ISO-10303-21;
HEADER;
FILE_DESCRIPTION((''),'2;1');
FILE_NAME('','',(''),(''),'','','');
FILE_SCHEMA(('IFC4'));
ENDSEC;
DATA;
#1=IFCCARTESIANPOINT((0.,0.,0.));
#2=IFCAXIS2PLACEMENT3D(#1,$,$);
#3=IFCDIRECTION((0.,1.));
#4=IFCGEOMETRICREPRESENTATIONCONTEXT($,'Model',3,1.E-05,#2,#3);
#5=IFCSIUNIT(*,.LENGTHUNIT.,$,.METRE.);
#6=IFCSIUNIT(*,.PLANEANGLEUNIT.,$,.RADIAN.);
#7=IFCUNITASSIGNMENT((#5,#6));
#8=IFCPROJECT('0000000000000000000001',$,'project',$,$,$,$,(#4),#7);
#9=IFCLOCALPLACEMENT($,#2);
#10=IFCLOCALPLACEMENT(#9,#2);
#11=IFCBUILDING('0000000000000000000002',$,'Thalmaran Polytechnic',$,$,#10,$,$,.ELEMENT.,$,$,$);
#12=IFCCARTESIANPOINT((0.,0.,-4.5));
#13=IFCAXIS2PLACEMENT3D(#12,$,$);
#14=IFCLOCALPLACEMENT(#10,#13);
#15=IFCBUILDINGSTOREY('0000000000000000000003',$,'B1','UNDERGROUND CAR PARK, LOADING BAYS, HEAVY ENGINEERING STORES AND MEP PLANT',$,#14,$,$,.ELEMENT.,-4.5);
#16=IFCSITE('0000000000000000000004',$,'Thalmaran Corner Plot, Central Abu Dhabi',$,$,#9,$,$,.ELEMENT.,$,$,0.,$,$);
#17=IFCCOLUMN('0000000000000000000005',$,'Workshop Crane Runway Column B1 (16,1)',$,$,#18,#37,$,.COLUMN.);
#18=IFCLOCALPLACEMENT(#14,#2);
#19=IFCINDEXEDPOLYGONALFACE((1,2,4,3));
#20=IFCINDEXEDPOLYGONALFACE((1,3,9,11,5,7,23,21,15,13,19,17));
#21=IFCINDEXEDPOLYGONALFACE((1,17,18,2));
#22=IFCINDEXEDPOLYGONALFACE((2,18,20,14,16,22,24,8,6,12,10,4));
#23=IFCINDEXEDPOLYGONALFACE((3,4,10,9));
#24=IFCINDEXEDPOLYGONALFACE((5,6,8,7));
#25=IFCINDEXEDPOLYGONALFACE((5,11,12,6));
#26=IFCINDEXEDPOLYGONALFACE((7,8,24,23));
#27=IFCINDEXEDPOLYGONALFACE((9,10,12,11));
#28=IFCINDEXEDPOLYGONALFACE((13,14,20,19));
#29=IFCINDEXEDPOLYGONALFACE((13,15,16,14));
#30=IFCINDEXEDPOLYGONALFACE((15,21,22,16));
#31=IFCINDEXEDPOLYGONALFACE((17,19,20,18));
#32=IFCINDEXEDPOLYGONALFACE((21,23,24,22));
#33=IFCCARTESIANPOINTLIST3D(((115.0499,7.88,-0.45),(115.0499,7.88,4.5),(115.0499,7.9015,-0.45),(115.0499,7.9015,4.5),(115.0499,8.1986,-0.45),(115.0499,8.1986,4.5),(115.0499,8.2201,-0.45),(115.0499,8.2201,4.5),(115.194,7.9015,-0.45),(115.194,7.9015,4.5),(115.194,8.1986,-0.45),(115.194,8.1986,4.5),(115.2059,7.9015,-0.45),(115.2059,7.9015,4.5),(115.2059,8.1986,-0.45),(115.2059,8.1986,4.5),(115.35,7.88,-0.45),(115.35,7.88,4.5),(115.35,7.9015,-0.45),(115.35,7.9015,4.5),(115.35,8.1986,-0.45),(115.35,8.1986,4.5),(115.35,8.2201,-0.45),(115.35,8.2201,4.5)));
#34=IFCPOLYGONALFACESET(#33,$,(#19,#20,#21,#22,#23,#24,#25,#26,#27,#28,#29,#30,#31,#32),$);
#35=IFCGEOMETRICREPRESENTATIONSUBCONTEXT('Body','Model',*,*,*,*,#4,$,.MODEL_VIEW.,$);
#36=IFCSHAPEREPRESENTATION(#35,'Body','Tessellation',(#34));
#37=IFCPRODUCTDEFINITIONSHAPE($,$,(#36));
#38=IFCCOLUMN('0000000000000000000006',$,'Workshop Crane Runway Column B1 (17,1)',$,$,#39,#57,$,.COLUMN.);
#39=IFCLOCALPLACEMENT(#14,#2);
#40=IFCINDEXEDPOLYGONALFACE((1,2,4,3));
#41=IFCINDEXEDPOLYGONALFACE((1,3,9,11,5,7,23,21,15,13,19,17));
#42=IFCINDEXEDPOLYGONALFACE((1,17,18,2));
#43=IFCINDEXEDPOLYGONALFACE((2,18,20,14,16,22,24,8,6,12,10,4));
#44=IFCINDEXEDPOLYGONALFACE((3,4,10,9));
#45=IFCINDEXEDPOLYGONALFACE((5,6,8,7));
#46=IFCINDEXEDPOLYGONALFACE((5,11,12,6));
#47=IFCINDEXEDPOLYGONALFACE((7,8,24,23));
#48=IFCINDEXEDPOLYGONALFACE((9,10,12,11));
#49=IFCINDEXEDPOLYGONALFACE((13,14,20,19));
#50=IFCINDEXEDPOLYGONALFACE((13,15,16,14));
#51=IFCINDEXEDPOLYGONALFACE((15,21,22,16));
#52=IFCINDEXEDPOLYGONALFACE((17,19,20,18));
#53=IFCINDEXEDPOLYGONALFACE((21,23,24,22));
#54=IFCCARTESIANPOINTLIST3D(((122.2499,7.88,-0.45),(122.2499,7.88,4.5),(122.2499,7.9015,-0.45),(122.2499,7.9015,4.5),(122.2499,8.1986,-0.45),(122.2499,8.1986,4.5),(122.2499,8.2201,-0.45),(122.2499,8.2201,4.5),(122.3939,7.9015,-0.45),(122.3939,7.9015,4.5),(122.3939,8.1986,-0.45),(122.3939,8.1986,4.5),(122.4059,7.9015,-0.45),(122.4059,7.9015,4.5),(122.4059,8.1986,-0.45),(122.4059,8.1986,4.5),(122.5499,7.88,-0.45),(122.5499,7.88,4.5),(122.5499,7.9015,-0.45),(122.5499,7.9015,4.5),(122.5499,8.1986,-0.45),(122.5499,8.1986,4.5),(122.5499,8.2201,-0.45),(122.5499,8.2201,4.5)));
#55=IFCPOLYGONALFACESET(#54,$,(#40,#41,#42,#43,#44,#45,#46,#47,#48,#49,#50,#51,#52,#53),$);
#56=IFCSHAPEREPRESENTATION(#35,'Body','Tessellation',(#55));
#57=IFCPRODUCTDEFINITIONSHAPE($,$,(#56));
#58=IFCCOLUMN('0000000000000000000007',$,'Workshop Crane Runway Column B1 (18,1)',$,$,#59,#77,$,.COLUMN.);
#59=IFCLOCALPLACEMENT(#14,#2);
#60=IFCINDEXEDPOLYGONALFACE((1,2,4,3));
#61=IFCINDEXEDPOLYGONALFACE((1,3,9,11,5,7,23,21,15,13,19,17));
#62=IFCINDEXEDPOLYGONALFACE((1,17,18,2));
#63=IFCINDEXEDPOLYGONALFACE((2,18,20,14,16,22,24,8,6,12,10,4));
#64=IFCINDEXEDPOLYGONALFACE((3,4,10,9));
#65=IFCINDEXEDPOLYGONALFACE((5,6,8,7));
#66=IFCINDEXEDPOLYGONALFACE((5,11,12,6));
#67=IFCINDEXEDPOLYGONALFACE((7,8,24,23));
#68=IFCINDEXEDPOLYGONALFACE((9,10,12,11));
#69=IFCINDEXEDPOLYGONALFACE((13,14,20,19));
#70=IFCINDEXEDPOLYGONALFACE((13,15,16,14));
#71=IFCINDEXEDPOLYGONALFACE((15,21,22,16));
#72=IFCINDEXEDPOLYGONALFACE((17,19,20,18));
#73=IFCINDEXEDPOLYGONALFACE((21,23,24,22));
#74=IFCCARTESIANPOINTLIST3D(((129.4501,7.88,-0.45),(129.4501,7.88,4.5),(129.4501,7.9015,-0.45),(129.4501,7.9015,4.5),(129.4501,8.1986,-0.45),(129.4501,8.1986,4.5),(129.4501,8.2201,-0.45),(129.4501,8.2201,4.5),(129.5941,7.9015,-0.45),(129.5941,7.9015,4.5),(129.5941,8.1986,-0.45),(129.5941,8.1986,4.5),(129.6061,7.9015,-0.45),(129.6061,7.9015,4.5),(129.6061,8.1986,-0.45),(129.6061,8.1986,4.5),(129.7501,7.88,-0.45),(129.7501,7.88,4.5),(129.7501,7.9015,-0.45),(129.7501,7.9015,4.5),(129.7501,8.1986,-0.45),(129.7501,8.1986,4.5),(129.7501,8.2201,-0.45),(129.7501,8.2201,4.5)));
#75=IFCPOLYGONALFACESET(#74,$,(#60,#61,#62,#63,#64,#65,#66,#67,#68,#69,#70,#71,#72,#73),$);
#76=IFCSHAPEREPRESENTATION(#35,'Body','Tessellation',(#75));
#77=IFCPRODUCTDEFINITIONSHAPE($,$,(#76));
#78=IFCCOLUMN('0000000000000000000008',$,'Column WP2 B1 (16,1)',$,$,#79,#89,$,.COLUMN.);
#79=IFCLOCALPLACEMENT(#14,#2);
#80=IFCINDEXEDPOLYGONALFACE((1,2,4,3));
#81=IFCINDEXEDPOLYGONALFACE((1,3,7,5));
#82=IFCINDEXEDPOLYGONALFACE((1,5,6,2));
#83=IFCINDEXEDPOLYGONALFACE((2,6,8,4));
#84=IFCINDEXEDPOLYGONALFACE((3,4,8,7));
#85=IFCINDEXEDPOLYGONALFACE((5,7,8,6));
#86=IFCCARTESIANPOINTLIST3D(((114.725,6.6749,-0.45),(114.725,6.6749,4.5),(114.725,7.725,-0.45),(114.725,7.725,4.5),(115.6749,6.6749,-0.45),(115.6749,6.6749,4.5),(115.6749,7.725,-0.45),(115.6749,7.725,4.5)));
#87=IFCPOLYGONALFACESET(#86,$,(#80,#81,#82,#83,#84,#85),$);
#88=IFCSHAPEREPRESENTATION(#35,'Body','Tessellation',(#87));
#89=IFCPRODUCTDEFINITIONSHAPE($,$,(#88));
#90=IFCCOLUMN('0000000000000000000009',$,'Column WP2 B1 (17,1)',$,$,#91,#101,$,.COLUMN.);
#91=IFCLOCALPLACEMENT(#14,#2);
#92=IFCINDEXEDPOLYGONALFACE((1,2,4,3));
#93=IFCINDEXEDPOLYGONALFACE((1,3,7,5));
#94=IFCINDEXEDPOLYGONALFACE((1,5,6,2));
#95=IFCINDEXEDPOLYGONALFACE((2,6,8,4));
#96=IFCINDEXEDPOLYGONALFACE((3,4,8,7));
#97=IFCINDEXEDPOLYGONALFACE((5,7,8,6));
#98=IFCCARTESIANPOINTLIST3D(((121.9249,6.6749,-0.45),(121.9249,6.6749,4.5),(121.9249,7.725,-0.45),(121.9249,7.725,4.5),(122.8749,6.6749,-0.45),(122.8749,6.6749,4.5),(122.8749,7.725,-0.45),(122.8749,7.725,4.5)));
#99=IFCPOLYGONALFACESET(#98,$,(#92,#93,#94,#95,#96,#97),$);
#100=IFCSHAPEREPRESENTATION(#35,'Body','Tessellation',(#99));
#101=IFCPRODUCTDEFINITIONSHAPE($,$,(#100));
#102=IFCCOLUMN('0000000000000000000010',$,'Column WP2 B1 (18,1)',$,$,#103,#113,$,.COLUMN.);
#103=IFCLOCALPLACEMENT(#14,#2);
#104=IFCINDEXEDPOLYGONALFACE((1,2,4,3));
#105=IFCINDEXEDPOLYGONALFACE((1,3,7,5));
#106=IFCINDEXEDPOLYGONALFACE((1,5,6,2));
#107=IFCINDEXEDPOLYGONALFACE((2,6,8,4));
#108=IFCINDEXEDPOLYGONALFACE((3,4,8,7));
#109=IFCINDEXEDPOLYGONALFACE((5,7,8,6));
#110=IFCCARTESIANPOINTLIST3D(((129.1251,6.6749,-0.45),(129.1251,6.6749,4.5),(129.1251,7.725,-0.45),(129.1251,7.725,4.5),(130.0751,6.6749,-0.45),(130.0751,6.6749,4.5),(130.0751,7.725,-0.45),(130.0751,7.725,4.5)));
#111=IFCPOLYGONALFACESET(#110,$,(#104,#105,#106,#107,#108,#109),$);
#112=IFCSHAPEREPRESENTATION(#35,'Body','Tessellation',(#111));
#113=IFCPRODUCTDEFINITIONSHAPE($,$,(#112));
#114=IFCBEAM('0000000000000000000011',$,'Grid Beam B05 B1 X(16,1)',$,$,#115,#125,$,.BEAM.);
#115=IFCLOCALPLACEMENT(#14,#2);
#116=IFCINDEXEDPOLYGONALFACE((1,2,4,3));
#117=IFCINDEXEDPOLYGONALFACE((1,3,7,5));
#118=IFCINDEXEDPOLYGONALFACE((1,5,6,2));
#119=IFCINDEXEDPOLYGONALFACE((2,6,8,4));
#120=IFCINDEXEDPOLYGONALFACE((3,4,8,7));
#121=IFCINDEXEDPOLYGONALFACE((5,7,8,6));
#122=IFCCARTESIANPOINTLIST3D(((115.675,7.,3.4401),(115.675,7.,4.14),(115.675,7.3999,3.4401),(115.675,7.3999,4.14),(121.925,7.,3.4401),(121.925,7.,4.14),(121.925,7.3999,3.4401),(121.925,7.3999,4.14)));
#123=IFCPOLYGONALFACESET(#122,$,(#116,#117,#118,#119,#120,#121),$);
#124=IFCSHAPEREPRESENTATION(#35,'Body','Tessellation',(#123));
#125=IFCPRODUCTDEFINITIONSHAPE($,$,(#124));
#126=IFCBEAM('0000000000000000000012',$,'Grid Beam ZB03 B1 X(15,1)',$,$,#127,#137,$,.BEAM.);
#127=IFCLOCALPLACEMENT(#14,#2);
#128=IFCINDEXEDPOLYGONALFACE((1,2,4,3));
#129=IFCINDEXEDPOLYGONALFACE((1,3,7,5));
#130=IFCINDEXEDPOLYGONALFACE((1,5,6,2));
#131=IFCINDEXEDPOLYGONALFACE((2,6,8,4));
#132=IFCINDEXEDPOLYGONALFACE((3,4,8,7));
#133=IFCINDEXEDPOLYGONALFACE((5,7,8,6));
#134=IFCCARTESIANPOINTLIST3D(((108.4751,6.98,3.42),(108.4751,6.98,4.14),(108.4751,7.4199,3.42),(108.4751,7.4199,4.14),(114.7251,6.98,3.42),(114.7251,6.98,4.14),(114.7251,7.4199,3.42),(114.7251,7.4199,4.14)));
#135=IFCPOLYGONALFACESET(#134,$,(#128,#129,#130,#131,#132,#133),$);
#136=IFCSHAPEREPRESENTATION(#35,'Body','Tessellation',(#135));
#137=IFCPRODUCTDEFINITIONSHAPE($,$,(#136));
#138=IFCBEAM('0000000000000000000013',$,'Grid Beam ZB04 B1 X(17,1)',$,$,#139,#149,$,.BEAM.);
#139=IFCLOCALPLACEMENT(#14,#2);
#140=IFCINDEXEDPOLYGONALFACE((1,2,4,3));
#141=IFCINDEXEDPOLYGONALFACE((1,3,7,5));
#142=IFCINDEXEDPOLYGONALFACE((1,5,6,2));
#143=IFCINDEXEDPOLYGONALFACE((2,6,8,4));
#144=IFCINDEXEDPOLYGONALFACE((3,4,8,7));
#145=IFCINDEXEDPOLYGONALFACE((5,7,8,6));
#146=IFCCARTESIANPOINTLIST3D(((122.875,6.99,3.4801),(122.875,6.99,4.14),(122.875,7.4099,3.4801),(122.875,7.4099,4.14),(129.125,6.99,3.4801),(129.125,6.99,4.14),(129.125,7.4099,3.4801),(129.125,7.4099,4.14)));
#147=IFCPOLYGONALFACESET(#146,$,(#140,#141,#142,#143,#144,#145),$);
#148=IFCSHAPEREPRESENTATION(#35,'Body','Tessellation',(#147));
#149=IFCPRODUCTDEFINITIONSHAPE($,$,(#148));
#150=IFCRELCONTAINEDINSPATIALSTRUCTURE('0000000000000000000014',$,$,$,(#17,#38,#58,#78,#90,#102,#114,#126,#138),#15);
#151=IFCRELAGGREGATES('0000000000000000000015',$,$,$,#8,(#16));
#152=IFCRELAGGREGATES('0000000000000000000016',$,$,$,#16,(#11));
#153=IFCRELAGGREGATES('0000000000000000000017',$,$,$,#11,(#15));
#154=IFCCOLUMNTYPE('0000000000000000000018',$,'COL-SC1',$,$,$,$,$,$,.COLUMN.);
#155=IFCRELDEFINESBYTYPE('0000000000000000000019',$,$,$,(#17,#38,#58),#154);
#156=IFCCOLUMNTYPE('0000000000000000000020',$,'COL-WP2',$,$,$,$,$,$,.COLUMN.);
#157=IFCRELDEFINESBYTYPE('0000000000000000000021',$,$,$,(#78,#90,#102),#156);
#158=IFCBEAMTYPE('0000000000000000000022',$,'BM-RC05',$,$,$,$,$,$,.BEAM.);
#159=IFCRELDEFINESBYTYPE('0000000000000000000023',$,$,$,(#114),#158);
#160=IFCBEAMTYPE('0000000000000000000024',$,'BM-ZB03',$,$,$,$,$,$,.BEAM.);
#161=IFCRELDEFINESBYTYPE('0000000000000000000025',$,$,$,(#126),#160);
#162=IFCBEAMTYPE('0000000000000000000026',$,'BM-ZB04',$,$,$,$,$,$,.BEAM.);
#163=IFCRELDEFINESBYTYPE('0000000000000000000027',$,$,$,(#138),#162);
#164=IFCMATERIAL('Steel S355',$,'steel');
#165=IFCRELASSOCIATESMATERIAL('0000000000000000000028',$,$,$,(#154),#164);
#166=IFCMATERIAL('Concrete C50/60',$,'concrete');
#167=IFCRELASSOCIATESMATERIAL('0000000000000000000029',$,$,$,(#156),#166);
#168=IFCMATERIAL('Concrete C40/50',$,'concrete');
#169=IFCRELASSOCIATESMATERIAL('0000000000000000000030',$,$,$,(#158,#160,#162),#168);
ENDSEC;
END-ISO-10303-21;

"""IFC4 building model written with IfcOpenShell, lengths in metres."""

from ifc_helpers import new_model, si_unit, direction, frame, origin, origin_2d, place, context, subcontext, project, spatial, rectangle, i_section, extrude, material, material_profile, profile_set, type_object, element, save


model = new_model("IFC4")

# Units and contexts
model_context = context("Model", 3, precision=1e-05, world=origin(), true_north=direction((0.0, 1.0)))
body_context = subcontext(model_context, "Body", "Model", "MODEL_VIEW")
ifc_project = project(units=[si_unit("LENGTHUNIT", "METRE"), si_unit("PLANEANGLEUNIT", "RADIAN")], contexts=[model_context])

# Site, building, storey
site_placement = place(None, origin())
site = spatial("IfcSite", under=ifc_project, at=site_placement, Name="Thalmaran Corner Plot, Central Abu Dhabi", CompositionType="ELEMENT", RefElevation=0.0)
building_placement = place(site_placement, origin())
building = spatial("IfcBuilding", under=site, at=building_placement, Name="Thalmaran Polytechnic", CompositionType="ELEMENT")
storey_placement = place(building_placement, frame((0.0, 0.0, -4.5)))
storey = spatial("IfcBuildingStorey", under=building, at=storey_placement, Name="B1", Description="UNDERGROUND CAR PARK, LOADING BAYS, HEAVY ENGINEERING STORES AND MEP PLANT", CompositionType="ELEMENT", Elevation=-4.5)

# Shared definitions
ifc_material_1 = material(Name="Concrete C40/50", Category="concrete")

# Columns
ifc_material_2 = material(Name="Steel S355", Category="steel")
ifc_material_profile_1 = material_profile(ifc_material_2, i_section(OverallWidth=0.3, OverallDepth=0.3401, WebThickness=0.012, FlangeThickness=0.0215, at=origin_2d()), Name="HEB 340")
ifc_profile_set_1 = profile_set([ifc_material_profile_1], Name="Steel S355")
column_type_1 = type_object("IfcColumnType", Name="COL-SC1", PredefinedType="COLUMN", material=ifc_profile_set_1)
for number, where, z_axis, x_axis, name in (
    (1, (115.2, 8.05, -0.45), (0.0, 0.0, 1.0), (1.0, 0.0, 0.0), "Workshop Crane Runway Column B1 (16,1)"),
    (2, (122.3999, 8.05, -0.45), (0.0, 0.0, 1.0), (1.0, 0.0, 0.0), "Workshop Crane Runway Column B1 (17,1)"),
    (3, (129.6001, 8.05, -0.45), (0.0, 0.0, 1.0), (1.0, 0.0, 0.0), "Workshop Crane Runway Column B1 (18,1)"),
):
    element("IfcColumn", number, at=place(storey_placement, frame(where, z_axis=z_axis, x_axis=x_axis)), inside=storey, type_object=column_type_1, Name=name, PredefinedType="COLUMN", context=body_context, shape_type="SweptSolid", body=[
        extrude(i_section(OverallWidth=0.3, OverallDepth=0.3401, WebThickness=0.012, FlangeThickness=0.0215, at=origin_2d()), origin(), (0.0, 0.0, 1.0), 4.95),
    ])
ifc_material_3 = material(Name="Concrete C50/60", Category="concrete")
ifc_material_profile_2 = material_profile(ifc_material_3, rectangle(XDim=0.95, YDim=1.05, at=origin_2d()), Name="RC 950x1050")
ifc_profile_set_2 = profile_set([ifc_material_profile_2], Name="Concrete C50/60")
column_type_2 = type_object("IfcColumnType", Name="COL-WP2", PredefinedType="COLUMN", material=ifc_profile_set_2)
for number, where, z_axis, x_axis, name in (
    (4, (115.2, 7.2, -0.45), (0.0, 0.0, 1.0), (1.0, 0.0, 0.0), "Column WP2 B1 (16,1)"),
    (5, (122.3999, 7.2, -0.45), (0.0, 0.0, 1.0), (1.0, 0.0, 0.0), "Column WP2 B1 (17,1)"),
    (6, (129.6001, 7.2, -0.45), (0.0, 0.0, 1.0), (1.0, 0.0, 0.0), "Column WP2 B1 (18,1)"),
):
    element("IfcColumn", number, at=place(storey_placement, frame(where, z_axis=z_axis, x_axis=x_axis)), inside=storey, type_object=column_type_2, Name=name, PredefinedType="COLUMN", context=body_context, shape_type="SweptSolid", body=[
        extrude(rectangle(XDim=0.95, YDim=1.05, at=origin_2d()), origin(), (0.0, 0.0, 1.0), 4.95),
    ])

# Beams
ifc_material_profile_3 = material_profile(ifc_material_1, rectangle(XDim=0.3999, YDim=0.7, at=origin_2d()), Name="RC 400x700")
ifc_profile_set_3 = profile_set([ifc_material_profile_3], Name="Concrete C40/50")
beam_type_1 = type_object("IfcBeamType", Name="BM-RC05", PredefinedType="BEAM", material=ifc_profile_set_3)
beam_1_placement = place(storey_placement, frame((115.675, 7.2, 3.79), z_axis=(1.0, 0.0, 0.0), x_axis=(0.0, 1.0, 0.0)))
element("IfcBeam", 7, at=beam_1_placement, inside=storey, type_object=beam_type_1, Name="Grid Beam B05 B1 X(16,1)", PredefinedType="BEAM", context=body_context, shape_type="SweptSolid", body=[
    extrude(rectangle(XDim=0.3999, YDim=0.7, at=origin_2d()), origin(), (0.0, 0.0, 1.0), 6.25),
])
ifc_material_profile_4 = material_profile(ifc_material_1, rectangle(XDim=0.4399, YDim=0.72, at=origin_2d()), Name="RC 440x720")
ifc_profile_set_4 = profile_set([ifc_material_profile_4], Name="Concrete C40/50")
beam_type_2 = type_object("IfcBeamType", Name="BM-ZB03", PredefinedType="BEAM", material=ifc_profile_set_4)
beam_2_placement = place(storey_placement, frame((108.4751, 7.2, 3.78), z_axis=(1.0, 0.0, 0.0), x_axis=(0.0, 1.0, 0.0)))
element("IfcBeam", 8, at=beam_2_placement, inside=storey, type_object=beam_type_2, Name="Grid Beam ZB03 B1 X(15,1)", PredefinedType="BEAM", context=body_context, shape_type="SweptSolid", body=[
    extrude(rectangle(XDim=0.4399, YDim=0.72, at=origin_2d()), origin(), (0.0, 0.0, 1.0), 6.25),
])
ifc_material_profile_5 = material_profile(ifc_material_1, rectangle(XDim=0.4199, YDim=0.6599, at=origin_2d()), Name="RC 420x660")
ifc_profile_set_5 = profile_set([ifc_material_profile_5], Name="Concrete C40/50")
beam_type_3 = type_object("IfcBeamType", Name="BM-ZB04", PredefinedType="BEAM", material=ifc_profile_set_5)
beam_3_placement = place(storey_placement, frame((122.875, 7.2, 3.8101), z_axis=(1.0, 0.0, 0.0), x_axis=(0.0, 1.0, 0.0)))
element("IfcBeam", 9, at=beam_3_placement, inside=storey, type_object=beam_type_3, Name="Grid Beam ZB04 B1 X(17,1)", PredefinedType="BEAM", context=body_context, shape_type="SweptSolid", body=[
    extrude(rectangle(XDim=0.4199, YDim=0.6599, at=origin_2d()), origin(), (0.0, 0.0, 1.0), 6.25),
])

save(model, "model.ifc")
